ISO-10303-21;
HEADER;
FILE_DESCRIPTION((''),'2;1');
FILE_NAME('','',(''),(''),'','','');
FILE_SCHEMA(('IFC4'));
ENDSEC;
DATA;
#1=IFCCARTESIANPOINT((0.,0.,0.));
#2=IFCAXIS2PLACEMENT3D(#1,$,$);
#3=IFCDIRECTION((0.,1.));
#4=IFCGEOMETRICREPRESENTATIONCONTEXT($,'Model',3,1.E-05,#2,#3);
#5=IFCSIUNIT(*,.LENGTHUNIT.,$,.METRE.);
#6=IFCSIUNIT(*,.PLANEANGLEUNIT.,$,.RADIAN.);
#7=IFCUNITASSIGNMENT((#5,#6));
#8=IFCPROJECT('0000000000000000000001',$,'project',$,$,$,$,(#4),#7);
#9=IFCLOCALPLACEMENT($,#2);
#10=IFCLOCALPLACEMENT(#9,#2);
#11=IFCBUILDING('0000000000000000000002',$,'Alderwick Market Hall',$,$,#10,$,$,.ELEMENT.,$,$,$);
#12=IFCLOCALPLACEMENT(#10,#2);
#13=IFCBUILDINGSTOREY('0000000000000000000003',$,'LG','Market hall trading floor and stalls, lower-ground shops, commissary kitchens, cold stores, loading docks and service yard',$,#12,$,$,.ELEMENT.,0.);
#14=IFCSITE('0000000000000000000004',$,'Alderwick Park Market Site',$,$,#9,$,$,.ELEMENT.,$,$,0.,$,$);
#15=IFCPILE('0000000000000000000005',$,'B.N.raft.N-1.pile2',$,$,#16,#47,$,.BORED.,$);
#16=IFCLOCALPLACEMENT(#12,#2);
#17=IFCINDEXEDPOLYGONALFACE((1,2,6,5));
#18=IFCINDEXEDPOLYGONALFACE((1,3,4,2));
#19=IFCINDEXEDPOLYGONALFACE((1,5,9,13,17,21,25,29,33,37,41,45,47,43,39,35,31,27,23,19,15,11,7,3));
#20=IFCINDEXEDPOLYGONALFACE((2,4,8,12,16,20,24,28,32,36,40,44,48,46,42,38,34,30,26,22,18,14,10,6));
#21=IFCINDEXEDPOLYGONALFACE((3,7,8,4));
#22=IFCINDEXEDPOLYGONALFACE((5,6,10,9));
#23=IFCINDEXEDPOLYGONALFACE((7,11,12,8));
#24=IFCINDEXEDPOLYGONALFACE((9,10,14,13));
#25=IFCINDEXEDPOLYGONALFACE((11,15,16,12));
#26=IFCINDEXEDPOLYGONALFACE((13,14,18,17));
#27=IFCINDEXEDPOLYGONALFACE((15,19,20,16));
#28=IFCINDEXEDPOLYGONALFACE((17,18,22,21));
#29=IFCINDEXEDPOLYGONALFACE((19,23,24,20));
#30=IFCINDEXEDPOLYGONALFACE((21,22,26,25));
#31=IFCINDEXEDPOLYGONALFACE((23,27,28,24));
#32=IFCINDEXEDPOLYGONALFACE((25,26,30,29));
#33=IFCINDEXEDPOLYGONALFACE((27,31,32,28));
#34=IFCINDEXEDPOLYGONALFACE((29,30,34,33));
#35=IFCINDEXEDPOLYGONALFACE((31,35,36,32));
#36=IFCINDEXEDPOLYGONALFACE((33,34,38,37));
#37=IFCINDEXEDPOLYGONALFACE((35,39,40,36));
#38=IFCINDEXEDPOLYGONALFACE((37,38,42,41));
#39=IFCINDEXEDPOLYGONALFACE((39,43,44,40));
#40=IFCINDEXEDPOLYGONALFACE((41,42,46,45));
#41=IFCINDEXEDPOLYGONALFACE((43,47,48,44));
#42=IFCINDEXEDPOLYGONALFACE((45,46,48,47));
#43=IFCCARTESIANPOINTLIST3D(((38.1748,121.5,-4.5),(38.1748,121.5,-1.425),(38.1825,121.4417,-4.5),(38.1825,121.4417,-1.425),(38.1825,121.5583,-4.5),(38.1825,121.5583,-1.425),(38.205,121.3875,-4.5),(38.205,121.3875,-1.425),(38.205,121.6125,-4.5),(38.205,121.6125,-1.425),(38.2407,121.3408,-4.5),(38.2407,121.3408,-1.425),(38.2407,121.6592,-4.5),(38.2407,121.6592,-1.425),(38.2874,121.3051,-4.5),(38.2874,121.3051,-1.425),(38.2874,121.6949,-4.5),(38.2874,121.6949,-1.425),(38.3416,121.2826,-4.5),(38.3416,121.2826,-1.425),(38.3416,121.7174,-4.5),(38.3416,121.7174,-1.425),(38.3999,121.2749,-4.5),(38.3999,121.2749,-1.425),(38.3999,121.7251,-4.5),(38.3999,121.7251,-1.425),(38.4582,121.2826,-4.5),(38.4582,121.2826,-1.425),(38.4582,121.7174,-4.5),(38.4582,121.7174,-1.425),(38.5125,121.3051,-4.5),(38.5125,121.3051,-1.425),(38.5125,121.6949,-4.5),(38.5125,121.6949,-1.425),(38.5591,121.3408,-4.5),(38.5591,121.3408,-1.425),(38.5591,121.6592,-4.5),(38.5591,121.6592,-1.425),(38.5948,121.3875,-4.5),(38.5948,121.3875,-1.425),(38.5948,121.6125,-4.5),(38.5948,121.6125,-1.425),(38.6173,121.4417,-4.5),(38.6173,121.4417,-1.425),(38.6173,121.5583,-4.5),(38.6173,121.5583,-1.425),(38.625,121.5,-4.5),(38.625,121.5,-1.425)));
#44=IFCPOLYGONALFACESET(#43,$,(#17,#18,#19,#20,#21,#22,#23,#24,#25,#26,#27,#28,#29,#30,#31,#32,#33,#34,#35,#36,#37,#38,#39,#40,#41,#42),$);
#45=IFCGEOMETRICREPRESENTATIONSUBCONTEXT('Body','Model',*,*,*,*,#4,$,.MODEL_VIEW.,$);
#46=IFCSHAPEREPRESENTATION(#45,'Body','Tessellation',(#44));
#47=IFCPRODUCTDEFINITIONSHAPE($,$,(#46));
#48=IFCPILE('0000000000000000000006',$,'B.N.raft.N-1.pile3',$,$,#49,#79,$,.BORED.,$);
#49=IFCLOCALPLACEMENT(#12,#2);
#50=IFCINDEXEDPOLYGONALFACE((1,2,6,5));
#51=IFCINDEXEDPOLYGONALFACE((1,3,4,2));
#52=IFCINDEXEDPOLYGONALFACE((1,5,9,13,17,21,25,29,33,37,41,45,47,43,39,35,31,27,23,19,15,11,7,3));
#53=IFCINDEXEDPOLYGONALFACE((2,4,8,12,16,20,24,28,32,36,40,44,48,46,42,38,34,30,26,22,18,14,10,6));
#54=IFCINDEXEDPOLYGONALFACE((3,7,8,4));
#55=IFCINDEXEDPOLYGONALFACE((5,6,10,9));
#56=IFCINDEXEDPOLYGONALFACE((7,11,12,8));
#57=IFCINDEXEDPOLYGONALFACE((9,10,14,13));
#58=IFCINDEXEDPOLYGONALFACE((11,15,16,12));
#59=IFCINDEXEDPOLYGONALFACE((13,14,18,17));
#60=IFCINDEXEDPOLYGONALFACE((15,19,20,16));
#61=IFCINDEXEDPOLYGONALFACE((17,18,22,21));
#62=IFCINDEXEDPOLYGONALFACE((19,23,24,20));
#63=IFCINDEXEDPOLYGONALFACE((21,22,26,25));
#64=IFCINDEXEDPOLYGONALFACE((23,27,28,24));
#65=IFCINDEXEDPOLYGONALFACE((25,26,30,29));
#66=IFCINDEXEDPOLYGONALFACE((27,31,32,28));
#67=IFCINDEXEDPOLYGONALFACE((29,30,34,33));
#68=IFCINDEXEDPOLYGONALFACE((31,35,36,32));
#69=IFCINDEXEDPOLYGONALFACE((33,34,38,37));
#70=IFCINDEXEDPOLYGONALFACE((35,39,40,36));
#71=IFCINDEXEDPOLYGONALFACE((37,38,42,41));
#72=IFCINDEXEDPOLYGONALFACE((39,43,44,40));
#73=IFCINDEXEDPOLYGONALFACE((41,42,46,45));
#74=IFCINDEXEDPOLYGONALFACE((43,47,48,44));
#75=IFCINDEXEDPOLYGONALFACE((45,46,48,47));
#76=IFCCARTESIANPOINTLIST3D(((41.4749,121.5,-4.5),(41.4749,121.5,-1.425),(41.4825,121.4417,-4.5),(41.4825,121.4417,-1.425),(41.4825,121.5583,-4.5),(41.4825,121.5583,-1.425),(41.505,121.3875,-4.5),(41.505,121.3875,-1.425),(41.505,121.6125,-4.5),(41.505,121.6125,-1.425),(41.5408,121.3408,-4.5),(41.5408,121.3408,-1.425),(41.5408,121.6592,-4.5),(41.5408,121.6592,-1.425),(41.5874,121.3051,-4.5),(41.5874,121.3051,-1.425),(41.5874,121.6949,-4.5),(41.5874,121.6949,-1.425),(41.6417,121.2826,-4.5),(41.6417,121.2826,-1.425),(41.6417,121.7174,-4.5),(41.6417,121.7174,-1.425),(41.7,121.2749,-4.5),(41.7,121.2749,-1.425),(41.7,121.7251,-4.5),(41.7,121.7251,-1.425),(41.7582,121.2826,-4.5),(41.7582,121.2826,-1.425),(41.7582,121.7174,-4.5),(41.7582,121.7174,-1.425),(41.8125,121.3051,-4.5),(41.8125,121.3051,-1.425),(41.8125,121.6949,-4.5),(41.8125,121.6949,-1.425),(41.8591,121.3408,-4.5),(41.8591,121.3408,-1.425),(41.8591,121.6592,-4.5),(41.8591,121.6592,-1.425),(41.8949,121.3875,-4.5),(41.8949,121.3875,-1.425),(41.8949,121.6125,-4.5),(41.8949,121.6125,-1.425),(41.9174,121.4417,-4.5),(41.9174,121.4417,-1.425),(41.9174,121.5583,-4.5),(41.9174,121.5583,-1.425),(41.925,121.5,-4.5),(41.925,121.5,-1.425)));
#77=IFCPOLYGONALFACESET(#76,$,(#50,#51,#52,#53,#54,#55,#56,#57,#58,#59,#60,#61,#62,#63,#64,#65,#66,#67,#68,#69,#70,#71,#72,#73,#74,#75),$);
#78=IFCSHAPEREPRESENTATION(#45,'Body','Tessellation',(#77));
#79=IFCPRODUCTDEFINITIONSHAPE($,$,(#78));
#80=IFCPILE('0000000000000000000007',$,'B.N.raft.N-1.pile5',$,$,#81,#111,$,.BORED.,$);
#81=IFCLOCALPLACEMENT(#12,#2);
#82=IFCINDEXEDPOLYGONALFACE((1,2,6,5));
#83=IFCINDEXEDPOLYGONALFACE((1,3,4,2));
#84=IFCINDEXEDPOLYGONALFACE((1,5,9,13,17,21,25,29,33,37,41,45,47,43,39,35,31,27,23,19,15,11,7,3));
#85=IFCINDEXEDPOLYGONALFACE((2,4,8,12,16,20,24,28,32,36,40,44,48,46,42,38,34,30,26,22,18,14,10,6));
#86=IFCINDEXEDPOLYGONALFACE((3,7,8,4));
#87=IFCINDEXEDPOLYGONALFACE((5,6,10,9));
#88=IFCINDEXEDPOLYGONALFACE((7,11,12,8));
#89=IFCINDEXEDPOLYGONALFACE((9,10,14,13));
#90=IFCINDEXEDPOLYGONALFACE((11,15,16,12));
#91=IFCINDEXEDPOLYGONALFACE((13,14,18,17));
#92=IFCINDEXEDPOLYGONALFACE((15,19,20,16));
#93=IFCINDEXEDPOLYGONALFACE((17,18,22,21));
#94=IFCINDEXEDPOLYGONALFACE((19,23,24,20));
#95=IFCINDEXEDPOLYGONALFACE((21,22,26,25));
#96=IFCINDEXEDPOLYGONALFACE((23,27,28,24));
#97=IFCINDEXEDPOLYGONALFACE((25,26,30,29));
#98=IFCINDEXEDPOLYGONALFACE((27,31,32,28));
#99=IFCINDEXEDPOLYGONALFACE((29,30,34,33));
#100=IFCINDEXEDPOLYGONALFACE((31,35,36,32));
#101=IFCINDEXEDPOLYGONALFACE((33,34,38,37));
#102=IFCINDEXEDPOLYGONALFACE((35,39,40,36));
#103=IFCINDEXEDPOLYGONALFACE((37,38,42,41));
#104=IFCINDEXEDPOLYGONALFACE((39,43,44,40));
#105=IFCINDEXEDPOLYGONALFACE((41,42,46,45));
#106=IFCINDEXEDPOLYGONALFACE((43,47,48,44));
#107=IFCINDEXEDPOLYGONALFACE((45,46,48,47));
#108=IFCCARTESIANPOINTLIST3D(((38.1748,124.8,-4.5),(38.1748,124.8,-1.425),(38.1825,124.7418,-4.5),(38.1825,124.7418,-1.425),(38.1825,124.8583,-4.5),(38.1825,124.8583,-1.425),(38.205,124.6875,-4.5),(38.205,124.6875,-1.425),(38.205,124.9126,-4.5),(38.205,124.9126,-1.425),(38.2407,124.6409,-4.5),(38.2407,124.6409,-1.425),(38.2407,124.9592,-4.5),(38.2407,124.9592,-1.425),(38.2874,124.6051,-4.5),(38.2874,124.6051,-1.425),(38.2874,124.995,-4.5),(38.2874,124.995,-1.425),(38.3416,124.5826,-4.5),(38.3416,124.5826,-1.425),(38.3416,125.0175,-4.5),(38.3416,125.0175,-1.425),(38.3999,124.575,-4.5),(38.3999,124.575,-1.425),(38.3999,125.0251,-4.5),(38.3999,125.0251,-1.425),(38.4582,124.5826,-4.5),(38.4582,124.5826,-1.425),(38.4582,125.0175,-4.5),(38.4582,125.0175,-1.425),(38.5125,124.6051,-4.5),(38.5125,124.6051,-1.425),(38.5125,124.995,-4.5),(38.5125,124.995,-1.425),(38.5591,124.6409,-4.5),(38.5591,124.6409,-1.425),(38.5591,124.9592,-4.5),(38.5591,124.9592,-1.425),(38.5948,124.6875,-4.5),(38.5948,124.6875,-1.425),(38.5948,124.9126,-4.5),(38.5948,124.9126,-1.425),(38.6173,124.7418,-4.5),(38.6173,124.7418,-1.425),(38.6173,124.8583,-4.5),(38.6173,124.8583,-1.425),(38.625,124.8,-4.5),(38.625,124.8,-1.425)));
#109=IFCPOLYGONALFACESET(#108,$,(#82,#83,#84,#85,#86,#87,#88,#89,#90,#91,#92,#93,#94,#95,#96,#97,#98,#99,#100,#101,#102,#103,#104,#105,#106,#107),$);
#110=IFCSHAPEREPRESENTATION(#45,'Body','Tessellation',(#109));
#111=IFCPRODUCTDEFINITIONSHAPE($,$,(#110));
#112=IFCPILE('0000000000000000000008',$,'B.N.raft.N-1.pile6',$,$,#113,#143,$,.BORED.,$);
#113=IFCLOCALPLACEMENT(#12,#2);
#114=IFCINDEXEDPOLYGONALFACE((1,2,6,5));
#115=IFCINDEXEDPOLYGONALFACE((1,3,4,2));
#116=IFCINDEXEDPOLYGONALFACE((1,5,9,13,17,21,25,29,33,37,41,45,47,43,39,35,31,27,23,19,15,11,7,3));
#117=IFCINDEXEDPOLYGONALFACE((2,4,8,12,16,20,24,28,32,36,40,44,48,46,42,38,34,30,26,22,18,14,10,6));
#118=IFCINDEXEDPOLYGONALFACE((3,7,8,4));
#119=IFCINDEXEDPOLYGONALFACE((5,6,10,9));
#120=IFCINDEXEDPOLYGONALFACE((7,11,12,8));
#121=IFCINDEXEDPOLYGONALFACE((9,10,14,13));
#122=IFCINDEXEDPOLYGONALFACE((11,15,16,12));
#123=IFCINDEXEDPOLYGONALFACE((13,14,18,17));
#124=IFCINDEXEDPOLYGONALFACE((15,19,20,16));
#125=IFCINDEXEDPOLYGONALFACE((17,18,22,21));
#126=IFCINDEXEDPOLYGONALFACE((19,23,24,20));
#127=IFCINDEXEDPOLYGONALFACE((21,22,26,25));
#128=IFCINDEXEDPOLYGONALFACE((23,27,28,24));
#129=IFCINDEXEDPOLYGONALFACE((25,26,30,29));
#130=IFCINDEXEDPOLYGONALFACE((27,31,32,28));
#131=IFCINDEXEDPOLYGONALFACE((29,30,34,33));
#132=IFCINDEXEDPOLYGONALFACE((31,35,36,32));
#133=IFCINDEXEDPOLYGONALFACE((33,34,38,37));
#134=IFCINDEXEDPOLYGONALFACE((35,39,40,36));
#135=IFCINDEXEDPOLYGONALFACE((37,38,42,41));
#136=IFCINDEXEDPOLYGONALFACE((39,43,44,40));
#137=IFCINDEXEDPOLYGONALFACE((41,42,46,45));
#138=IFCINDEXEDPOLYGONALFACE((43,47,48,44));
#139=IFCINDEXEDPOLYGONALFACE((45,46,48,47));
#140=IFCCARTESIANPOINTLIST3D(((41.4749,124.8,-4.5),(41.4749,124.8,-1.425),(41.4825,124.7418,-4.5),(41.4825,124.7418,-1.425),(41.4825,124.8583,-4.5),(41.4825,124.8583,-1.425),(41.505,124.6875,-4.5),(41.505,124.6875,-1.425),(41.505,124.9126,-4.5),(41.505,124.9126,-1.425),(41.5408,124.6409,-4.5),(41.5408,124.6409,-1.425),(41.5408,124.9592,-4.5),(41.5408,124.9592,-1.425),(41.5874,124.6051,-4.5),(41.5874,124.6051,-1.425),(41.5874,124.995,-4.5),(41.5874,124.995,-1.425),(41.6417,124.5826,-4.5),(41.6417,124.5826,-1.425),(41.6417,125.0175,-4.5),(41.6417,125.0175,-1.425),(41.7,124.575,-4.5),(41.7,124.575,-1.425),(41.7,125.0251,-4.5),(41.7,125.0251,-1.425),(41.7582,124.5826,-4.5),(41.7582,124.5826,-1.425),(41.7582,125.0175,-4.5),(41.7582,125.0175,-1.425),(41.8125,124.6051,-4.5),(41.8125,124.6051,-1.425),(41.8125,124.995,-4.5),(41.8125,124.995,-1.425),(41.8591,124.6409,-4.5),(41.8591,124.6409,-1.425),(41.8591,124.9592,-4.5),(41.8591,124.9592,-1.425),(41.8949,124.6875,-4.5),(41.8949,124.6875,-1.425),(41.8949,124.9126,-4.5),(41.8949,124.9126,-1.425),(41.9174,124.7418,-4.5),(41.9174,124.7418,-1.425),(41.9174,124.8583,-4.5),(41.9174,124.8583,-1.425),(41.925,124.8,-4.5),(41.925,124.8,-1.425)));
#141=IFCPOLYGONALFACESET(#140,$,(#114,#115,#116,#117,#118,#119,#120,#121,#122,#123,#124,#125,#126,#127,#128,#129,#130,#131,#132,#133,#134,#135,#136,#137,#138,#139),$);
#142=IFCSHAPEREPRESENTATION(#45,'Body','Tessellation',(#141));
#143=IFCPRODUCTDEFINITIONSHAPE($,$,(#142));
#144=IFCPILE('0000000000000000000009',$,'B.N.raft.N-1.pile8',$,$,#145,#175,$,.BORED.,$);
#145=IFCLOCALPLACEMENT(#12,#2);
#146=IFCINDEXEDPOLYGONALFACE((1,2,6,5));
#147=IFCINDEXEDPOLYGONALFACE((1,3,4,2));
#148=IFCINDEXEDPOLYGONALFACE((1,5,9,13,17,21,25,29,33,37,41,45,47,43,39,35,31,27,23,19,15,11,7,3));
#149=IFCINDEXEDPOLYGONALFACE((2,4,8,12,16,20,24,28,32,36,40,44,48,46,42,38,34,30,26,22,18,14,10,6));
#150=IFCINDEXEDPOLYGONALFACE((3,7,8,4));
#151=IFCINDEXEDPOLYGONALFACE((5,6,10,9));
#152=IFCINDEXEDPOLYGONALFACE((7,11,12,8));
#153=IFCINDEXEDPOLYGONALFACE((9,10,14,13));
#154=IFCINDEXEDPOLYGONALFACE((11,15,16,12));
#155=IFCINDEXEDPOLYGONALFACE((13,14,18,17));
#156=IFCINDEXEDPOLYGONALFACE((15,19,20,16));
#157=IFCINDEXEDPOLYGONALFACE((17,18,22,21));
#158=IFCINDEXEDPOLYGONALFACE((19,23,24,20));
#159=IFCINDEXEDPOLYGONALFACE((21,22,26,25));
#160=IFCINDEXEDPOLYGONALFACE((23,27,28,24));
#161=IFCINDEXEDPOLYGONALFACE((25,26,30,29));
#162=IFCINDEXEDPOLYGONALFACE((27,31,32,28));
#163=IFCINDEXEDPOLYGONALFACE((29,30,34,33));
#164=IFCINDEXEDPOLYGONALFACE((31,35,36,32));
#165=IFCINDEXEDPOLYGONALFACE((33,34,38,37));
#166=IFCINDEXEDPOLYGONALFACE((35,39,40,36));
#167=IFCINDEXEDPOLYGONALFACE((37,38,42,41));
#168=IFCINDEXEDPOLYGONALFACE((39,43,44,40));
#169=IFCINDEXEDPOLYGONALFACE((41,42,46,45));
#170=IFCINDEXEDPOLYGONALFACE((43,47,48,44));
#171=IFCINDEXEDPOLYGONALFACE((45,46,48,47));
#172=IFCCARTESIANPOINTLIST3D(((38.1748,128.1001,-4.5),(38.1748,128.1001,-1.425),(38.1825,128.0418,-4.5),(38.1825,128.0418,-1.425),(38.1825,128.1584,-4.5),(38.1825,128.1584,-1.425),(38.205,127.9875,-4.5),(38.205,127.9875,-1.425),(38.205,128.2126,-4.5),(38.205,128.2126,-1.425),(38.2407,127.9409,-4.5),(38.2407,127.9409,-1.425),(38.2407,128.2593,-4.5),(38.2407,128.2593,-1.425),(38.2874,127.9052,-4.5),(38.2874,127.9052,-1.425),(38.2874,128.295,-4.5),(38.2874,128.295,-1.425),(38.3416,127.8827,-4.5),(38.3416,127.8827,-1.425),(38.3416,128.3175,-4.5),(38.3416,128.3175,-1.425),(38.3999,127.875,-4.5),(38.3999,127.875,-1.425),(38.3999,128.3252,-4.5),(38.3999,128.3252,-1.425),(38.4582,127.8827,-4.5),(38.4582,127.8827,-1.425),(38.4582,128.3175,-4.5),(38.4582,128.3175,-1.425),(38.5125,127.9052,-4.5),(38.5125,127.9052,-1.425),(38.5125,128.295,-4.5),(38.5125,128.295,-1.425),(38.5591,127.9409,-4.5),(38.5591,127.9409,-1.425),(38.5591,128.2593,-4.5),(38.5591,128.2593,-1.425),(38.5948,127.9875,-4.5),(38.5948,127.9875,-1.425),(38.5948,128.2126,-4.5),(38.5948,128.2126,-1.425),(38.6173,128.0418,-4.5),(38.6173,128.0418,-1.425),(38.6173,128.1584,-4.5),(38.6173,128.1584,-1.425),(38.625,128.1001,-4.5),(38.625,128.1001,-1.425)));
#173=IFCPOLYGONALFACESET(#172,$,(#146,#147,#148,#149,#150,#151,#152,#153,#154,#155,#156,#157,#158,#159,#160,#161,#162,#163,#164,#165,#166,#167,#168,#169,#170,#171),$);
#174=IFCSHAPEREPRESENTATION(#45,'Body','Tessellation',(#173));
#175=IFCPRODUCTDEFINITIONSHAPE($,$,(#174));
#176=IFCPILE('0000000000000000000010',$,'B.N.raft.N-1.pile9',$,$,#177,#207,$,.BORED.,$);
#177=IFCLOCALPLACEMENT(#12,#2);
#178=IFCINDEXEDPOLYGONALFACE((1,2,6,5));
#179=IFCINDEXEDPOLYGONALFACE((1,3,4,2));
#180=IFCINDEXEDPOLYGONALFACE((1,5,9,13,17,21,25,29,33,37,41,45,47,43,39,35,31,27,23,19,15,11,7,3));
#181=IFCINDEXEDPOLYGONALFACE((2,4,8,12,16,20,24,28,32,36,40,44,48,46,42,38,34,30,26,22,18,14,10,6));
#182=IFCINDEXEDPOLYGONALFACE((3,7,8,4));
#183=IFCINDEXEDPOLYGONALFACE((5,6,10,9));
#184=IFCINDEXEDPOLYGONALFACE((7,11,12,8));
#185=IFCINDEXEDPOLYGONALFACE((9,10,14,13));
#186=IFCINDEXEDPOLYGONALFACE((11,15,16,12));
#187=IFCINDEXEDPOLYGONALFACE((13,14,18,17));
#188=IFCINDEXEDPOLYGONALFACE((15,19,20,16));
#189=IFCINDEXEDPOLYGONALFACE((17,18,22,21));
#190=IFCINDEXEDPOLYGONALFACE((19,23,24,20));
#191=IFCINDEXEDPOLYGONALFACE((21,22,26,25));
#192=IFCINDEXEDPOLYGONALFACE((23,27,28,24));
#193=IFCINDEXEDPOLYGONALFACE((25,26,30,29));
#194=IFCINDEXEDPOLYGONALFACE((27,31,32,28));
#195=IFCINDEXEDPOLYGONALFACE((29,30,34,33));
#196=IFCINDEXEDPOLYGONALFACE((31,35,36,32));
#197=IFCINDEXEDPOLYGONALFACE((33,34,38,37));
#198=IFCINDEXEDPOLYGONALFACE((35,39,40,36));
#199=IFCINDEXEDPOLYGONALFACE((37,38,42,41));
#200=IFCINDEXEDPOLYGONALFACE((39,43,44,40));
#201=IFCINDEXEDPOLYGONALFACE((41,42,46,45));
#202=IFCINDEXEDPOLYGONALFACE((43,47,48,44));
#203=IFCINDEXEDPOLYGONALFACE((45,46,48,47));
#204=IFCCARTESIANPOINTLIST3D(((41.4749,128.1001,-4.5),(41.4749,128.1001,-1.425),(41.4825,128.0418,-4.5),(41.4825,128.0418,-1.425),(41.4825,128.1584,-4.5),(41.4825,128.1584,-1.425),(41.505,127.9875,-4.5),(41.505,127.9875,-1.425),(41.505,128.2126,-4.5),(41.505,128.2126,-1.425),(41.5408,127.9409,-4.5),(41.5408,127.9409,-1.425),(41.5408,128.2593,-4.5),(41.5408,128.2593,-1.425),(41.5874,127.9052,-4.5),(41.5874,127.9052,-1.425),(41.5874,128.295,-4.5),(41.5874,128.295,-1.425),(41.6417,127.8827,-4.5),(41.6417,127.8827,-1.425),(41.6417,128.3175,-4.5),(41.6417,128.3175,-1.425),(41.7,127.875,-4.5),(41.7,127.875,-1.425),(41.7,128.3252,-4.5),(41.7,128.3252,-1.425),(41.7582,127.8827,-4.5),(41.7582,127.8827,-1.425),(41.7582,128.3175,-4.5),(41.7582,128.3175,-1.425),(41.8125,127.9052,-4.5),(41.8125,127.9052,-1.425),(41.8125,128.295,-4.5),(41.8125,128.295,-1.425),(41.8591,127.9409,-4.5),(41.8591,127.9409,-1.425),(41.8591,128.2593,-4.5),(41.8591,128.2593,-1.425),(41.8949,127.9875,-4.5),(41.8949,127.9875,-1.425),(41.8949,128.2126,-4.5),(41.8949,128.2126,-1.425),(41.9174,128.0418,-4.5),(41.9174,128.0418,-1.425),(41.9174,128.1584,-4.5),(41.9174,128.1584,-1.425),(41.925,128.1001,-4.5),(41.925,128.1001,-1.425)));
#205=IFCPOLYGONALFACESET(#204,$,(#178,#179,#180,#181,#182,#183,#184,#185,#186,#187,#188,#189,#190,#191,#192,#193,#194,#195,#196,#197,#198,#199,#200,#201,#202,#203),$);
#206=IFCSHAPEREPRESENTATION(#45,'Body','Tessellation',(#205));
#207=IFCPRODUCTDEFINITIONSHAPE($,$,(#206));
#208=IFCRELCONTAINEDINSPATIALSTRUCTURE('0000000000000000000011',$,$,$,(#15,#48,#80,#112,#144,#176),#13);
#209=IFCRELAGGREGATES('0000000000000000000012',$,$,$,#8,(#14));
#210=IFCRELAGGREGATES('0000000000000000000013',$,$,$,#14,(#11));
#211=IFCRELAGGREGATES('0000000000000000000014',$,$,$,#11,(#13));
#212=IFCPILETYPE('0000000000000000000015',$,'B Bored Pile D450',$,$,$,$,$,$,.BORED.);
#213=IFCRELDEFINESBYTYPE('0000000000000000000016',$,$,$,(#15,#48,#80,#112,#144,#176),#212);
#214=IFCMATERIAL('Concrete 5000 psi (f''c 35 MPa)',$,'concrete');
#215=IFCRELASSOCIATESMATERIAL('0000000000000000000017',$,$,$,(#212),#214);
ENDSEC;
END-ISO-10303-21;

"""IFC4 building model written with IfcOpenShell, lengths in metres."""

from ifc_helpers import new_model, si_unit, direction, frame, origin, origin_2d, place, context, subcontext, project, spatial, circle, extrude, material, material_profile, profile_set, type_object, element, save


model = new_model("IFC4")

# Units and contexts
model_context = context("Model", 3, precision=1e-05, world=origin(), true_north=direction((0.0, 1.0)))
body_context = subcontext(model_context, "Body", "Model", "MODEL_VIEW")
ifc_project = project(units=[si_unit("LENGTHUNIT", "METRE"), si_unit("PLANEANGLEUNIT", "RADIAN")], contexts=[model_context])

# Site, building, storey
site_placement = place(None, origin())
site = spatial("IfcSite", under=ifc_project, at=site_placement, Name="Alderwick Park Market Site", CompositionType="ELEMENT", RefElevation=0.0)
building_placement = place(site_placement, origin())
building = spatial("IfcBuilding", under=site, at=building_placement, Name="Alderwick Market Hall", CompositionType="ELEMENT")
storey_placement = place(building_placement, origin())
storey = spatial("IfcBuildingStorey", under=building, at=storey_placement, Name="LG", Description="Market hall trading floor and stalls, lower-ground shops, commissary kitchens, cold stores, loading docks and service yard", CompositionType="ELEMENT", Elevation=0.0)

# Piles
ifc_material_1 = material(Name="Concrete 5000 psi (f'c 35 MPa)", Category="concrete")
ifc_material_profile_1 = material_profile(ifc_material_1, circle(Radius=0.2251, at=origin_2d()), Name="B Bored Pile D450")
ifc_profile_set_1 = profile_set([ifc_material_profile_1], Name="Concrete 5000 psi (f'c 35 MPa)")
pile_type = type_object("IfcPileType", Name="B Bored Pile D450", PredefinedType="BORED", material=ifc_profile_set_1)
for number, where, z_axis, x_axis, name in (
    (1, (38.3999, 121.5, -1.425), (0.0, 0.0, -1.0), (1.0, 0.0, 0.0), "B.N.raft.N-1.pile2"),
    (2, (41.7, 121.5, -1.425), (0.0, 0.0, -1.0), (1.0, 0.0, 0.0), "B.N.raft.N-1.pile3"),
    (3, (38.3999, 124.8, -1.425), (0.0, 0.0, -1.0), (1.0, 0.0, 0.0), "B.N.raft.N-1.pile5"),
    (4, (41.7, 124.8, -1.425), (0.0, 0.0, -1.0), (1.0, 0.0, 0.0), "B.N.raft.N-1.pile6"),
    (5, (38.3999, 128.1001, -1.425), (0.0, 0.0, -1.0), (1.0, 0.0, 0.0), "B.N.raft.N-1.pile8"),
    (6, (41.7, 128.1001, -1.425), (0.0, 0.0, -1.0), (1.0, 0.0, 0.0), "B.N.raft.N-1.pile9"),
):
    element("IfcPile", number, at=place(storey_placement, frame(where, z_axis=z_axis, x_axis=x_axis)), inside=storey, type_object=pile_type, Name=name, PredefinedType="BORED", context=body_context, shape_type="SweptSolid", body=[
        extrude(circle(Radius=0.2251, at=origin_2d()), origin(), (0.0, 0.0, 1.0), 3.075),
    ])

save(model, "model.ifc")
